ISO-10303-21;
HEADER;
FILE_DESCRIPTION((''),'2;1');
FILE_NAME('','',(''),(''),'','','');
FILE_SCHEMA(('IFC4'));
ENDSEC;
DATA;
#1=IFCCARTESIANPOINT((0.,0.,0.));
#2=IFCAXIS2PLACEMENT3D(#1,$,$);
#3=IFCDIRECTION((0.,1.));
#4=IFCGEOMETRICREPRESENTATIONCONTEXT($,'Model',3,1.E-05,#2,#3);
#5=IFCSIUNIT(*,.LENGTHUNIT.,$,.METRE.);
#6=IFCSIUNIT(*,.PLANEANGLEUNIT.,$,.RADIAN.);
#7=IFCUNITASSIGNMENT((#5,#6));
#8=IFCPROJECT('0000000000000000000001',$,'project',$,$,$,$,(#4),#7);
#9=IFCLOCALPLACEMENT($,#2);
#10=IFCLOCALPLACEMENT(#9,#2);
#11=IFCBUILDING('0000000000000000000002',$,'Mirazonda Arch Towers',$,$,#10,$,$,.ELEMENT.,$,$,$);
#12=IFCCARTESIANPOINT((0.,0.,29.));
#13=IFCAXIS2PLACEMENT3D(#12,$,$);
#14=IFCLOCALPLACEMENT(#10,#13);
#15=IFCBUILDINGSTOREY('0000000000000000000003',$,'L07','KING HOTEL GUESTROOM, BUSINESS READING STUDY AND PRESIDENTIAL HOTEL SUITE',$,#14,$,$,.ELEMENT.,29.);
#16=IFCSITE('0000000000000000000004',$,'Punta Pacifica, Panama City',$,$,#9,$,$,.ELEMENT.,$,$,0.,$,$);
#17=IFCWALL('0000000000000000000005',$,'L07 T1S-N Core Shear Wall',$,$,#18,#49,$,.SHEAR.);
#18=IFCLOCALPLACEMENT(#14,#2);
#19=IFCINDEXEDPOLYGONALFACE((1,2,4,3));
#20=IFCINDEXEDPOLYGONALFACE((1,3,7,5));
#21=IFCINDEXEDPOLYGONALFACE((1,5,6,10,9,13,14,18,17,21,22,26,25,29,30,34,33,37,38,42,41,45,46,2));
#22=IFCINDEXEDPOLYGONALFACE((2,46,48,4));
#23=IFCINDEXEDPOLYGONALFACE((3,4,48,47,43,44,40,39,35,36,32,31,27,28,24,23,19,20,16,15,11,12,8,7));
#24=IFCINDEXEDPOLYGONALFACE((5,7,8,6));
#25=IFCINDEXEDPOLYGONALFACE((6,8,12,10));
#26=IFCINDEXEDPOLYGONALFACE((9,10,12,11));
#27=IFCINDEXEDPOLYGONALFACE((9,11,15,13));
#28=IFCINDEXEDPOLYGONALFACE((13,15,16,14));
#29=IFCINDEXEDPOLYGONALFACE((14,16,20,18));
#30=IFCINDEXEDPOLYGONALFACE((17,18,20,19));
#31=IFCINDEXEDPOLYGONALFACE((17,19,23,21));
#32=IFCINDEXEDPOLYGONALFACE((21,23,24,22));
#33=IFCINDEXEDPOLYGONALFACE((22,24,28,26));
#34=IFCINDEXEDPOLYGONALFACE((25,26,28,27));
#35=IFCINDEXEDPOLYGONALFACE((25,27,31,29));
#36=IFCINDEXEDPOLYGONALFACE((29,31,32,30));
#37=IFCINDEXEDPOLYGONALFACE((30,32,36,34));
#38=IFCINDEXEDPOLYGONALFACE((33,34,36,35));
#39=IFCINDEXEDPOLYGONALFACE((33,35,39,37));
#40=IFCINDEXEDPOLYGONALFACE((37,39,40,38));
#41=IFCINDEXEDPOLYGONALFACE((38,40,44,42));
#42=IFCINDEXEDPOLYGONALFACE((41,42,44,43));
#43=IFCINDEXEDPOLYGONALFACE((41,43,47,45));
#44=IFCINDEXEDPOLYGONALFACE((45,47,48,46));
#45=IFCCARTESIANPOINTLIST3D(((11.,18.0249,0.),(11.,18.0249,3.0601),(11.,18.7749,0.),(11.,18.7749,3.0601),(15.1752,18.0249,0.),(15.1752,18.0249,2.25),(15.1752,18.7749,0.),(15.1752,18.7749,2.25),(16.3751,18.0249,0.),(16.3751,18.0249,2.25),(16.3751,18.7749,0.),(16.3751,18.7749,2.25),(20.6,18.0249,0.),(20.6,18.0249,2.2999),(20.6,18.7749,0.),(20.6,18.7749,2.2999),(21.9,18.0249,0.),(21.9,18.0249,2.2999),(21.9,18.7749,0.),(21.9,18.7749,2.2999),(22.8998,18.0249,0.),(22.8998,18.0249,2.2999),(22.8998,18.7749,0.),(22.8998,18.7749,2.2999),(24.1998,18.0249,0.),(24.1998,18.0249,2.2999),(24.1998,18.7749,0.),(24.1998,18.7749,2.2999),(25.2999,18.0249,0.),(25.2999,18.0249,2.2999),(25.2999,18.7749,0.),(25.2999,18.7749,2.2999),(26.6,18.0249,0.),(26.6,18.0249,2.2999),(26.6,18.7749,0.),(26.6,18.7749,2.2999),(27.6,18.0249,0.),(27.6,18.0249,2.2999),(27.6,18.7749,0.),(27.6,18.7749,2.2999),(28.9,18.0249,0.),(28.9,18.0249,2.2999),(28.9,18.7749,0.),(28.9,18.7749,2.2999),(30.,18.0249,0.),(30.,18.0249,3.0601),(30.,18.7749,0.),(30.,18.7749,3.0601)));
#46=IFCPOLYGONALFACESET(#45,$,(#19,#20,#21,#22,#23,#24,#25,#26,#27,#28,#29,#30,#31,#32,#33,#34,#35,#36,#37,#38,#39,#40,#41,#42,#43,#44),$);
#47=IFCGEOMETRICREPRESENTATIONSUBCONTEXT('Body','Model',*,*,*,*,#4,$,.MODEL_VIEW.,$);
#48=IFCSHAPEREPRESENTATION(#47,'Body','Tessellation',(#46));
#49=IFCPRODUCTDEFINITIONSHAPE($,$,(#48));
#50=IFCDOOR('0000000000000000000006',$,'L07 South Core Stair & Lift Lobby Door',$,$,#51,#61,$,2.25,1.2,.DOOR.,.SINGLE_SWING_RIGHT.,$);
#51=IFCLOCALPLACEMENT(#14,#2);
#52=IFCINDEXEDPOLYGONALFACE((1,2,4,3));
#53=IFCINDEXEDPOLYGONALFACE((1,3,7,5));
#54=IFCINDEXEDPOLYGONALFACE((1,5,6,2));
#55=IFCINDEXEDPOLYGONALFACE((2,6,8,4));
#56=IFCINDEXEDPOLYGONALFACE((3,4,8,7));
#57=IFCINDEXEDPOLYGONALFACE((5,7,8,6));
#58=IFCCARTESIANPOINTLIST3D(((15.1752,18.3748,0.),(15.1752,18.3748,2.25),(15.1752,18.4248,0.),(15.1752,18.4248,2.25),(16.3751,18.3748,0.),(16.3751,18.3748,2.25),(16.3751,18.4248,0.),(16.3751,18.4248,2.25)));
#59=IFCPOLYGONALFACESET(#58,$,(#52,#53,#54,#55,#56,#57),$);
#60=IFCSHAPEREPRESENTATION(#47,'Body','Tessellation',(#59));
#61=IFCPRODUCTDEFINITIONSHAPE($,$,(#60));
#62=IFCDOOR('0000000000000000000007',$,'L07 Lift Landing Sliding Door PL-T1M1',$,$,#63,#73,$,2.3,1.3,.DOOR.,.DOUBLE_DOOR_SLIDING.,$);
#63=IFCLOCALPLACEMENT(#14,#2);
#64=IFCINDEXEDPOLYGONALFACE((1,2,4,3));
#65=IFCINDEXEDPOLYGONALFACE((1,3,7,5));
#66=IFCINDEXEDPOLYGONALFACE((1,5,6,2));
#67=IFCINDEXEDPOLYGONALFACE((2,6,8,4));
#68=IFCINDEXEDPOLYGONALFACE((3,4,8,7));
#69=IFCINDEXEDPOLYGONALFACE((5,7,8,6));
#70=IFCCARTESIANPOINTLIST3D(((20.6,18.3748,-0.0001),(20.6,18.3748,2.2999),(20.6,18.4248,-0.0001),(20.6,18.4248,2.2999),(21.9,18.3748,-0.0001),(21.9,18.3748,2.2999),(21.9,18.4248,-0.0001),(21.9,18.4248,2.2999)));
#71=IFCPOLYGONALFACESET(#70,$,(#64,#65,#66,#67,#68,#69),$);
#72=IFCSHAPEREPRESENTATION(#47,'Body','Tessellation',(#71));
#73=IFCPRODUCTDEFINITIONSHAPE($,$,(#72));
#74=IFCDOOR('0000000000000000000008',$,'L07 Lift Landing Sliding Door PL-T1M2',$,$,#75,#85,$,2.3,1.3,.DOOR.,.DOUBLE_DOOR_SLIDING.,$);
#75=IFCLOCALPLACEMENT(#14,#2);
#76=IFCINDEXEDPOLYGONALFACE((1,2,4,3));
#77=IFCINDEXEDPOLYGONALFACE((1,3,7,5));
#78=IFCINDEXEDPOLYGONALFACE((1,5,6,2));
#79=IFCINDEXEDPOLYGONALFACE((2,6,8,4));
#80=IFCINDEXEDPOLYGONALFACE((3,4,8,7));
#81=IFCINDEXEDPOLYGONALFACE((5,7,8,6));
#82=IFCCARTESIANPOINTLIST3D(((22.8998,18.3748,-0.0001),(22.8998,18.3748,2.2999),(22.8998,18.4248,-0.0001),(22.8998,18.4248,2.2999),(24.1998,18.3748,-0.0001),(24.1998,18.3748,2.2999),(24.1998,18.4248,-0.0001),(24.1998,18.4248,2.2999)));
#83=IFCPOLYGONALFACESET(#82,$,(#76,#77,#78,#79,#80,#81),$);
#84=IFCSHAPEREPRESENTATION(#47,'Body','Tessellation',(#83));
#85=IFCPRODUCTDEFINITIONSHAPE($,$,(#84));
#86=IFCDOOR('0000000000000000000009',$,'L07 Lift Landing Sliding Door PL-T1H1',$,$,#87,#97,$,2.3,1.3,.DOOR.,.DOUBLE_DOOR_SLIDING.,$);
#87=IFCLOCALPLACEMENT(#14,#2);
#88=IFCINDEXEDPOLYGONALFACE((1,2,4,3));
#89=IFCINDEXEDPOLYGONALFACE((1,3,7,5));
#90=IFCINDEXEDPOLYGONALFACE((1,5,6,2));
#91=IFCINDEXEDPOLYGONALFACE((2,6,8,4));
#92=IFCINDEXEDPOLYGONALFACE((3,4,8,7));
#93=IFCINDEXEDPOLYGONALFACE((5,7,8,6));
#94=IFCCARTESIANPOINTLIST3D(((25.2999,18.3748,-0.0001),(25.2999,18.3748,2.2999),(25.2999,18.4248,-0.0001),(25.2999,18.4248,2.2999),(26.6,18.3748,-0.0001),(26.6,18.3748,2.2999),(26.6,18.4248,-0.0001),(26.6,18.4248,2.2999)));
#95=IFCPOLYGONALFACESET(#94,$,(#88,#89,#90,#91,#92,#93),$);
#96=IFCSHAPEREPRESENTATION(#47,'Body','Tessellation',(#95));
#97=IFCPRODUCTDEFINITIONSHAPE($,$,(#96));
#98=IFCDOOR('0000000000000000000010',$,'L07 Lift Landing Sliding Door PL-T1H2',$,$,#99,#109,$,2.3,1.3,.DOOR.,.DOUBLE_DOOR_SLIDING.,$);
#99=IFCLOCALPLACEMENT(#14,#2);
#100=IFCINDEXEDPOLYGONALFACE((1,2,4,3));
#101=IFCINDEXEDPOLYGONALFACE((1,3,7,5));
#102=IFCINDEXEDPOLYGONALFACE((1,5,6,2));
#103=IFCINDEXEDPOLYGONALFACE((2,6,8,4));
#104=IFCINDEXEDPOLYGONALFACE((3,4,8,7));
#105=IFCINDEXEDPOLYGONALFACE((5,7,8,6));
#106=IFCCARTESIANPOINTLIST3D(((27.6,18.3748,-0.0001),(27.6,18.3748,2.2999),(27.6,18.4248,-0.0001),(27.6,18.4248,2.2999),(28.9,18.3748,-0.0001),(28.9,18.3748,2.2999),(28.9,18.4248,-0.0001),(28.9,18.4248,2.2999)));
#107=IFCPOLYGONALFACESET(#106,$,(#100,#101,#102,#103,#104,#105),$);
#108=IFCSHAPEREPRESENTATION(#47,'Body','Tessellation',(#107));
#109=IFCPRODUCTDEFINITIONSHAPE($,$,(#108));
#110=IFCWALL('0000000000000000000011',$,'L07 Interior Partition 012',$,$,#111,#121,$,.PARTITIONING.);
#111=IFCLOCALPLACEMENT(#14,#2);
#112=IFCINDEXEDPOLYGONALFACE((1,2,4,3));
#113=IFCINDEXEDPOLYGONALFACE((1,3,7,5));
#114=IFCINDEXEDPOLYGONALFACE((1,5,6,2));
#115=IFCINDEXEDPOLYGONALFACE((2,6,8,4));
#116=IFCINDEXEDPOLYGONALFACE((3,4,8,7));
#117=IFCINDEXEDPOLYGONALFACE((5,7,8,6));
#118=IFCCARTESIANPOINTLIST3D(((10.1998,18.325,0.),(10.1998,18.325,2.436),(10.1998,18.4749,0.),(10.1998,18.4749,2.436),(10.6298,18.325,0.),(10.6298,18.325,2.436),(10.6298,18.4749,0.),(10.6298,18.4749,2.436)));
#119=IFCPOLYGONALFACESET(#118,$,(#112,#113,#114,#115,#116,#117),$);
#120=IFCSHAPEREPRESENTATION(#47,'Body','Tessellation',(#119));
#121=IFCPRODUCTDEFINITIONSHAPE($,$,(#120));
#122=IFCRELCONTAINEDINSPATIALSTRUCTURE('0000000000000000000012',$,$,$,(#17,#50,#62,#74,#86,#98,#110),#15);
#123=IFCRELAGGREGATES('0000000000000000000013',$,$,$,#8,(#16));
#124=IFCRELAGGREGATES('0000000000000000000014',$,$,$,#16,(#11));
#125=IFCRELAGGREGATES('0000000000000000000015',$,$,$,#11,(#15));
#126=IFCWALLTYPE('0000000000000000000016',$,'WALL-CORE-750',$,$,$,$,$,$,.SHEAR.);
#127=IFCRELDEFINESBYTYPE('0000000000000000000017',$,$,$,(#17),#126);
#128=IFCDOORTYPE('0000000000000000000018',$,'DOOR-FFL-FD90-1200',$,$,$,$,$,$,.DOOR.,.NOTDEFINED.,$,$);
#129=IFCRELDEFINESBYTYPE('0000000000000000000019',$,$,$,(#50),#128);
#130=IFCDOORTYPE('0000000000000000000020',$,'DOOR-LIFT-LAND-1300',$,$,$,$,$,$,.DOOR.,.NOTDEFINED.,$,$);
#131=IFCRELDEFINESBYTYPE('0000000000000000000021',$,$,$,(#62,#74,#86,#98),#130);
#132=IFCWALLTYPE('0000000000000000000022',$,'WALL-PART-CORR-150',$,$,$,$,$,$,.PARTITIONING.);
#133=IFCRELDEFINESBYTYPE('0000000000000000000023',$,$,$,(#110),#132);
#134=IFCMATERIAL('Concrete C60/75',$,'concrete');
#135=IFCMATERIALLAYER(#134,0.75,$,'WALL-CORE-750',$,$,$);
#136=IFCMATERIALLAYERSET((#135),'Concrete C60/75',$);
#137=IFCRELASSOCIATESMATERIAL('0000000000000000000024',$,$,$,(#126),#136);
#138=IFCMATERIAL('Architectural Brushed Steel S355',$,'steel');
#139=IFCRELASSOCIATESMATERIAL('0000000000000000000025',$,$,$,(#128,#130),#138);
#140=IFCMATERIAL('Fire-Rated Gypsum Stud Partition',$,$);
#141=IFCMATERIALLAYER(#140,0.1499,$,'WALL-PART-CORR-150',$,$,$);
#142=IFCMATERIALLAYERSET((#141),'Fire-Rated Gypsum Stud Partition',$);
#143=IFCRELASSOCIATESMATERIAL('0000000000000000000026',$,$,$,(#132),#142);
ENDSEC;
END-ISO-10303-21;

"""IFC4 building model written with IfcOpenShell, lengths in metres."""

from ifc_helpers import new_model, si_unit, direction, frame, frame_2d, origin, place, context, subcontext, project, spatial, rectangle, extrude, material, layer, layer_set, type_object, element, fill, save


model = new_model("IFC4")

# Units and contexts
model_context = context("Model", 3, precision=1e-05, world=origin(), true_north=direction((0.0, 1.0)))
body_context = subcontext(model_context, "Body", "Model", "MODEL_VIEW")
ifc_project = project(units=[si_unit("LENGTHUNIT", "METRE"), si_unit("PLANEANGLEUNIT", "RADIAN")], contexts=[model_context])

# Site, building, storey
site_placement = place(None, origin())
site = spatial("IfcSite", under=ifc_project, at=site_placement, Name="Punta Pacifica, Panama City", CompositionType="ELEMENT", RefElevation=0.0)
building_placement = place(site_placement, origin())
building = spatial("IfcBuilding", under=site, at=building_placement, Name="Mirazonda Arch Towers", CompositionType="ELEMENT")
storey_placement = place(building_placement, frame((0.0, 0.0, 29.0)))
storey = spatial("IfcBuildingStorey", under=building, at=storey_placement, Name="L07", Description="KING HOTEL GUESTROOM, BUSINESS READING STUDY AND PRESIDENTIAL HOTEL SUITE", CompositionType="ELEMENT", Elevation=29.0)

# Shared definitions
ifc_material_1 = material(Name="Concrete C60/75", Category="concrete")

# Shared definitions
ifc_material_2 = material(Name="Architectural Brushed Steel S355", Category="steel")

# Wall, openings, doors
ifc_layer_1 = layer(ifc_material_1, 0.75, Name="WALL-CORE-750")
ifc_layer_set_1 = layer_set([ifc_layer_1], Name="Concrete C60/75")
wall_type_1 = type_object("IfcWallType", Name="WALL-CORE-750", PredefinedType="SHEAR", material=ifc_layer_set_1)
wall_1_placement = place(storey_placement, frame((11.0, 18.3999, 0.0), z_axis=(0.0, 0.0, 1.0), x_axis=(1.0, 0.0, 0.0)))
wall_1 = element("IfcWall", 1, at=wall_1_placement, inside=storey, type_object=wall_type_1, Name="L07 T1S-N Core Shear Wall", PredefinedType="SHEAR", context=body_context, shape_type="SweptSolid", body=[
    extrude(rectangle(XDim=19.0, YDim=0.75, at=frame_2d((9.5, 0.0))), origin(), (0.0, 0.0, 1.0), 3.0601),
])
opening_1_placement = place(wall_1_placement, frame((4.175, 0.0, 0.0)))
opening_1 = element("IfcOpeningElement", 2, at=opening_1_placement, cuts=wall_1, PredefinedType="OPENING", context=body_context, shape_type="SweptSolid", body=[
    extrude(rectangle(XDim=1.2, YDim=2.25, at=frame_2d((0.6001, 1.125))), frame((0.0, 0.385, 0.0), z_axis=(0.0, -1.0, 0.0), x_axis=(1.0, 0.0, 0.0)), (0.0, 0.0, 1.0), 0.77),
])
opening_2_placement = place(wall_1_placement, frame((9.6001, 0.0, 0.0)))
opening_2 = element("IfcOpeningElement", 3, at=opening_2_placement, cuts=wall_1, PredefinedType="OPENING", context=body_context, shape_type="SweptSolid", body=[
    extrude(rectangle(XDim=1.3, YDim=2.3, at=frame_2d((0.6499, 1.1499))), frame((0.0, 0.385, 0.0), z_axis=(0.0, -1.0, 0.0), x_axis=(1.0, 0.0, 0.0)), (0.0, 0.0, 1.0), 0.77),
])
opening_3_placement = place(wall_1_placement, frame((11.8999, 0.0, 0.0)))
opening_3 = element("IfcOpeningElement", 4, at=opening_3_placement, cuts=wall_1, PredefinedType="OPENING", context=body_context, shape_type="SweptSolid", body=[
    extrude(rectangle(XDim=1.3, YDim=2.3, at=frame_2d((0.6499, 1.1499))), frame((0.0, 0.385, 0.0), z_axis=(0.0, -1.0, 0.0), x_axis=(1.0, 0.0, 0.0)), (0.0, 0.0, 1.0), 0.77),
])
opening_4_placement = place(wall_1_placement, frame((14.3, 0.0, 0.0)))
opening_4 = element("IfcOpeningElement", 5, at=opening_4_placement, cuts=wall_1, PredefinedType="OPENING", context=body_context, shape_type="SweptSolid", body=[
    extrude(rectangle(XDim=1.3, YDim=2.3, at=frame_2d((0.6499, 1.1499))), frame((0.0, 0.385, 0.0), z_axis=(0.0, -1.0, 0.0), x_axis=(1.0, 0.0, 0.0)), (0.0, 0.0, 1.0), 0.77),
])
opening_5_placement = place(wall_1_placement, frame((16.6001, 0.0, 0.0)))
opening_5 = element("IfcOpeningElement", 6, at=opening_5_placement, cuts=wall_1, PredefinedType="OPENING", context=body_context, shape_type="SweptSolid", body=[
    extrude(rectangle(XDim=1.3, YDim=2.3, at=frame_2d((0.6499, 1.1499))), frame((0.0, 0.385, 0.0), z_axis=(0.0, -1.0, 0.0), x_axis=(1.0, 0.0, 0.0)), (0.0, 0.0, 1.0), 0.77),
])
door_type_1 = type_object("IfcDoorType", Name="DOOR-FFL-FD90-1200", OperationType="NOTDEFINED", PredefinedType="DOOR", material=ifc_material_2)
door_1_placement = place(opening_1_placement, origin())
door_1 = element("IfcDoor", 7, at=door_1_placement, inside=storey, type_object=door_type_1, Name="L07 South Core Stair & Lift Lobby Door", OperationType="SINGLE_SWING_RIGHT", OverallHeight=2.25, OverallWidth=1.2, PredefinedType="DOOR", context=body_context, shape_type="SweptSolid", body=[
    extrude(rectangle(XDim=1.2, YDim=2.25, at=frame_2d((0.6001, 1.125))), frame((0.0, 0.0249, 0.0), z_axis=(0.0, -1.0, 0.0), x_axis=(1.0, 0.0, 0.0)), (0.0, 0.0, 1.0), 0.05),
])
fill(opening_1, door_1)
door_type_2 = type_object("IfcDoorType", Name="DOOR-LIFT-LAND-1300", OperationType="NOTDEFINED", PredefinedType="DOOR", material=ifc_material_2)
door_2_placement = place(opening_2_placement, origin())
door_2 = element("IfcDoor", 8, at=door_2_placement, inside=storey, type_object=door_type_2, Name="L07 Lift Landing Sliding Door PL-T1M1", OperationType="DOUBLE_DOOR_SLIDING", OverallHeight=2.3, OverallWidth=1.3, PredefinedType="DOOR", context=body_context, shape_type="SweptSolid", body=[
    extrude(rectangle(XDim=1.3, YDim=2.3, at=frame_2d((0.6499, 1.1499))), frame((0.0, 0.0249, 0.0), z_axis=(0.0, -1.0, 0.0), x_axis=(1.0, 0.0, 0.0)), (0.0, 0.0, 1.0), 0.05),
])
fill(opening_2, door_2)
door_3_placement = place(opening_3_placement, origin())
door_3 = element("IfcDoor", 9, at=door_3_placement, inside=storey, type_object=door_type_2, Name="L07 Lift Landing Sliding Door PL-T1M2", OperationType="DOUBLE_DOOR_SLIDING", OverallHeight=2.3, OverallWidth=1.3, PredefinedType="DOOR", context=body_context, shape_type="SweptSolid", body=[
    extrude(rectangle(XDim=1.3, YDim=2.3, at=frame_2d((0.6499, 1.1499))), frame((0.0, 0.0249, 0.0), z_axis=(0.0, -1.0, 0.0), x_axis=(1.0, 0.0, 0.0)), (0.0, 0.0, 1.0), 0.05),
])
fill(opening_3, door_3)
door_4_placement = place(opening_4_placement, origin())
door_4 = element("IfcDoor", 10, at=door_4_placement, inside=storey, type_object=door_type_2, Name="L07 Lift Landing Sliding Door PL-T1H1", OperationType="DOUBLE_DOOR_SLIDING", OverallHeight=2.3, OverallWidth=1.3, PredefinedType="DOOR", context=body_context, shape_type="SweptSolid", body=[
    extrude(rectangle(XDim=1.3, YDim=2.3, at=frame_2d((0.6499, 1.1499))), frame((0.0, 0.0249, 0.0), z_axis=(0.0, -1.0, 0.0), x_axis=(1.0, 0.0, 0.0)), (0.0, 0.0, 1.0), 0.05),
])
fill(opening_4, door_4)
door_5_placement = place(opening_5_placement, origin())
door_5 = element("IfcDoor", 11, at=door_5_placement, inside=storey, type_object=door_type_2, Name="L07 Lift Landing Sliding Door PL-T1H2", OperationType="DOUBLE_DOOR_SLIDING", OverallHeight=2.3, OverallWidth=1.3, PredefinedType="DOOR", context=body_context, shape_type="SweptSolid", body=[
    extrude(rectangle(XDim=1.3, YDim=2.3, at=frame_2d((0.6499, 1.1499))), frame((0.0, 0.0249, 0.0), z_axis=(0.0, -1.0, 0.0), x_axis=(1.0, 0.0, 0.0)), (0.0, 0.0, 1.0), 0.05),
])
fill(opening_5, door_5)

# Wall
ifc_material_3 = material(Name="Fire-Rated Gypsum Stud Partition")
ifc_layer_2 = layer(ifc_material_3, 0.1499, Name="WALL-PART-CORR-150")
ifc_layer_set_2 = layer_set([ifc_layer_2], Name="Fire-Rated Gypsum Stud Partition")
wall_type_2 = type_object("IfcWallType", Name="WALL-PART-CORR-150", PredefinedType="PARTITIONING", material=ifc_layer_set_2)
wall_2_placement = place(storey_placement, frame((10.2, 18.3999, 0.0), z_axis=(0.0, 0.0, 1.0), x_axis=(1.0, 0.0, 0.0)))
element("IfcWall", 12, at=wall_2_placement, inside=storey, type_object=wall_type_2, Name="L07 Interior Partition 012", PredefinedType="PARTITIONING", context=body_context, shape_type="SweptSolid", body=[
    extrude(rectangle(XDim=0.4299, YDim=0.1499, at=frame_2d((0.2148, 0.0))), origin(), (0.0, 0.0, 1.0), 2.436),
])

save(model, "model.ifc")
